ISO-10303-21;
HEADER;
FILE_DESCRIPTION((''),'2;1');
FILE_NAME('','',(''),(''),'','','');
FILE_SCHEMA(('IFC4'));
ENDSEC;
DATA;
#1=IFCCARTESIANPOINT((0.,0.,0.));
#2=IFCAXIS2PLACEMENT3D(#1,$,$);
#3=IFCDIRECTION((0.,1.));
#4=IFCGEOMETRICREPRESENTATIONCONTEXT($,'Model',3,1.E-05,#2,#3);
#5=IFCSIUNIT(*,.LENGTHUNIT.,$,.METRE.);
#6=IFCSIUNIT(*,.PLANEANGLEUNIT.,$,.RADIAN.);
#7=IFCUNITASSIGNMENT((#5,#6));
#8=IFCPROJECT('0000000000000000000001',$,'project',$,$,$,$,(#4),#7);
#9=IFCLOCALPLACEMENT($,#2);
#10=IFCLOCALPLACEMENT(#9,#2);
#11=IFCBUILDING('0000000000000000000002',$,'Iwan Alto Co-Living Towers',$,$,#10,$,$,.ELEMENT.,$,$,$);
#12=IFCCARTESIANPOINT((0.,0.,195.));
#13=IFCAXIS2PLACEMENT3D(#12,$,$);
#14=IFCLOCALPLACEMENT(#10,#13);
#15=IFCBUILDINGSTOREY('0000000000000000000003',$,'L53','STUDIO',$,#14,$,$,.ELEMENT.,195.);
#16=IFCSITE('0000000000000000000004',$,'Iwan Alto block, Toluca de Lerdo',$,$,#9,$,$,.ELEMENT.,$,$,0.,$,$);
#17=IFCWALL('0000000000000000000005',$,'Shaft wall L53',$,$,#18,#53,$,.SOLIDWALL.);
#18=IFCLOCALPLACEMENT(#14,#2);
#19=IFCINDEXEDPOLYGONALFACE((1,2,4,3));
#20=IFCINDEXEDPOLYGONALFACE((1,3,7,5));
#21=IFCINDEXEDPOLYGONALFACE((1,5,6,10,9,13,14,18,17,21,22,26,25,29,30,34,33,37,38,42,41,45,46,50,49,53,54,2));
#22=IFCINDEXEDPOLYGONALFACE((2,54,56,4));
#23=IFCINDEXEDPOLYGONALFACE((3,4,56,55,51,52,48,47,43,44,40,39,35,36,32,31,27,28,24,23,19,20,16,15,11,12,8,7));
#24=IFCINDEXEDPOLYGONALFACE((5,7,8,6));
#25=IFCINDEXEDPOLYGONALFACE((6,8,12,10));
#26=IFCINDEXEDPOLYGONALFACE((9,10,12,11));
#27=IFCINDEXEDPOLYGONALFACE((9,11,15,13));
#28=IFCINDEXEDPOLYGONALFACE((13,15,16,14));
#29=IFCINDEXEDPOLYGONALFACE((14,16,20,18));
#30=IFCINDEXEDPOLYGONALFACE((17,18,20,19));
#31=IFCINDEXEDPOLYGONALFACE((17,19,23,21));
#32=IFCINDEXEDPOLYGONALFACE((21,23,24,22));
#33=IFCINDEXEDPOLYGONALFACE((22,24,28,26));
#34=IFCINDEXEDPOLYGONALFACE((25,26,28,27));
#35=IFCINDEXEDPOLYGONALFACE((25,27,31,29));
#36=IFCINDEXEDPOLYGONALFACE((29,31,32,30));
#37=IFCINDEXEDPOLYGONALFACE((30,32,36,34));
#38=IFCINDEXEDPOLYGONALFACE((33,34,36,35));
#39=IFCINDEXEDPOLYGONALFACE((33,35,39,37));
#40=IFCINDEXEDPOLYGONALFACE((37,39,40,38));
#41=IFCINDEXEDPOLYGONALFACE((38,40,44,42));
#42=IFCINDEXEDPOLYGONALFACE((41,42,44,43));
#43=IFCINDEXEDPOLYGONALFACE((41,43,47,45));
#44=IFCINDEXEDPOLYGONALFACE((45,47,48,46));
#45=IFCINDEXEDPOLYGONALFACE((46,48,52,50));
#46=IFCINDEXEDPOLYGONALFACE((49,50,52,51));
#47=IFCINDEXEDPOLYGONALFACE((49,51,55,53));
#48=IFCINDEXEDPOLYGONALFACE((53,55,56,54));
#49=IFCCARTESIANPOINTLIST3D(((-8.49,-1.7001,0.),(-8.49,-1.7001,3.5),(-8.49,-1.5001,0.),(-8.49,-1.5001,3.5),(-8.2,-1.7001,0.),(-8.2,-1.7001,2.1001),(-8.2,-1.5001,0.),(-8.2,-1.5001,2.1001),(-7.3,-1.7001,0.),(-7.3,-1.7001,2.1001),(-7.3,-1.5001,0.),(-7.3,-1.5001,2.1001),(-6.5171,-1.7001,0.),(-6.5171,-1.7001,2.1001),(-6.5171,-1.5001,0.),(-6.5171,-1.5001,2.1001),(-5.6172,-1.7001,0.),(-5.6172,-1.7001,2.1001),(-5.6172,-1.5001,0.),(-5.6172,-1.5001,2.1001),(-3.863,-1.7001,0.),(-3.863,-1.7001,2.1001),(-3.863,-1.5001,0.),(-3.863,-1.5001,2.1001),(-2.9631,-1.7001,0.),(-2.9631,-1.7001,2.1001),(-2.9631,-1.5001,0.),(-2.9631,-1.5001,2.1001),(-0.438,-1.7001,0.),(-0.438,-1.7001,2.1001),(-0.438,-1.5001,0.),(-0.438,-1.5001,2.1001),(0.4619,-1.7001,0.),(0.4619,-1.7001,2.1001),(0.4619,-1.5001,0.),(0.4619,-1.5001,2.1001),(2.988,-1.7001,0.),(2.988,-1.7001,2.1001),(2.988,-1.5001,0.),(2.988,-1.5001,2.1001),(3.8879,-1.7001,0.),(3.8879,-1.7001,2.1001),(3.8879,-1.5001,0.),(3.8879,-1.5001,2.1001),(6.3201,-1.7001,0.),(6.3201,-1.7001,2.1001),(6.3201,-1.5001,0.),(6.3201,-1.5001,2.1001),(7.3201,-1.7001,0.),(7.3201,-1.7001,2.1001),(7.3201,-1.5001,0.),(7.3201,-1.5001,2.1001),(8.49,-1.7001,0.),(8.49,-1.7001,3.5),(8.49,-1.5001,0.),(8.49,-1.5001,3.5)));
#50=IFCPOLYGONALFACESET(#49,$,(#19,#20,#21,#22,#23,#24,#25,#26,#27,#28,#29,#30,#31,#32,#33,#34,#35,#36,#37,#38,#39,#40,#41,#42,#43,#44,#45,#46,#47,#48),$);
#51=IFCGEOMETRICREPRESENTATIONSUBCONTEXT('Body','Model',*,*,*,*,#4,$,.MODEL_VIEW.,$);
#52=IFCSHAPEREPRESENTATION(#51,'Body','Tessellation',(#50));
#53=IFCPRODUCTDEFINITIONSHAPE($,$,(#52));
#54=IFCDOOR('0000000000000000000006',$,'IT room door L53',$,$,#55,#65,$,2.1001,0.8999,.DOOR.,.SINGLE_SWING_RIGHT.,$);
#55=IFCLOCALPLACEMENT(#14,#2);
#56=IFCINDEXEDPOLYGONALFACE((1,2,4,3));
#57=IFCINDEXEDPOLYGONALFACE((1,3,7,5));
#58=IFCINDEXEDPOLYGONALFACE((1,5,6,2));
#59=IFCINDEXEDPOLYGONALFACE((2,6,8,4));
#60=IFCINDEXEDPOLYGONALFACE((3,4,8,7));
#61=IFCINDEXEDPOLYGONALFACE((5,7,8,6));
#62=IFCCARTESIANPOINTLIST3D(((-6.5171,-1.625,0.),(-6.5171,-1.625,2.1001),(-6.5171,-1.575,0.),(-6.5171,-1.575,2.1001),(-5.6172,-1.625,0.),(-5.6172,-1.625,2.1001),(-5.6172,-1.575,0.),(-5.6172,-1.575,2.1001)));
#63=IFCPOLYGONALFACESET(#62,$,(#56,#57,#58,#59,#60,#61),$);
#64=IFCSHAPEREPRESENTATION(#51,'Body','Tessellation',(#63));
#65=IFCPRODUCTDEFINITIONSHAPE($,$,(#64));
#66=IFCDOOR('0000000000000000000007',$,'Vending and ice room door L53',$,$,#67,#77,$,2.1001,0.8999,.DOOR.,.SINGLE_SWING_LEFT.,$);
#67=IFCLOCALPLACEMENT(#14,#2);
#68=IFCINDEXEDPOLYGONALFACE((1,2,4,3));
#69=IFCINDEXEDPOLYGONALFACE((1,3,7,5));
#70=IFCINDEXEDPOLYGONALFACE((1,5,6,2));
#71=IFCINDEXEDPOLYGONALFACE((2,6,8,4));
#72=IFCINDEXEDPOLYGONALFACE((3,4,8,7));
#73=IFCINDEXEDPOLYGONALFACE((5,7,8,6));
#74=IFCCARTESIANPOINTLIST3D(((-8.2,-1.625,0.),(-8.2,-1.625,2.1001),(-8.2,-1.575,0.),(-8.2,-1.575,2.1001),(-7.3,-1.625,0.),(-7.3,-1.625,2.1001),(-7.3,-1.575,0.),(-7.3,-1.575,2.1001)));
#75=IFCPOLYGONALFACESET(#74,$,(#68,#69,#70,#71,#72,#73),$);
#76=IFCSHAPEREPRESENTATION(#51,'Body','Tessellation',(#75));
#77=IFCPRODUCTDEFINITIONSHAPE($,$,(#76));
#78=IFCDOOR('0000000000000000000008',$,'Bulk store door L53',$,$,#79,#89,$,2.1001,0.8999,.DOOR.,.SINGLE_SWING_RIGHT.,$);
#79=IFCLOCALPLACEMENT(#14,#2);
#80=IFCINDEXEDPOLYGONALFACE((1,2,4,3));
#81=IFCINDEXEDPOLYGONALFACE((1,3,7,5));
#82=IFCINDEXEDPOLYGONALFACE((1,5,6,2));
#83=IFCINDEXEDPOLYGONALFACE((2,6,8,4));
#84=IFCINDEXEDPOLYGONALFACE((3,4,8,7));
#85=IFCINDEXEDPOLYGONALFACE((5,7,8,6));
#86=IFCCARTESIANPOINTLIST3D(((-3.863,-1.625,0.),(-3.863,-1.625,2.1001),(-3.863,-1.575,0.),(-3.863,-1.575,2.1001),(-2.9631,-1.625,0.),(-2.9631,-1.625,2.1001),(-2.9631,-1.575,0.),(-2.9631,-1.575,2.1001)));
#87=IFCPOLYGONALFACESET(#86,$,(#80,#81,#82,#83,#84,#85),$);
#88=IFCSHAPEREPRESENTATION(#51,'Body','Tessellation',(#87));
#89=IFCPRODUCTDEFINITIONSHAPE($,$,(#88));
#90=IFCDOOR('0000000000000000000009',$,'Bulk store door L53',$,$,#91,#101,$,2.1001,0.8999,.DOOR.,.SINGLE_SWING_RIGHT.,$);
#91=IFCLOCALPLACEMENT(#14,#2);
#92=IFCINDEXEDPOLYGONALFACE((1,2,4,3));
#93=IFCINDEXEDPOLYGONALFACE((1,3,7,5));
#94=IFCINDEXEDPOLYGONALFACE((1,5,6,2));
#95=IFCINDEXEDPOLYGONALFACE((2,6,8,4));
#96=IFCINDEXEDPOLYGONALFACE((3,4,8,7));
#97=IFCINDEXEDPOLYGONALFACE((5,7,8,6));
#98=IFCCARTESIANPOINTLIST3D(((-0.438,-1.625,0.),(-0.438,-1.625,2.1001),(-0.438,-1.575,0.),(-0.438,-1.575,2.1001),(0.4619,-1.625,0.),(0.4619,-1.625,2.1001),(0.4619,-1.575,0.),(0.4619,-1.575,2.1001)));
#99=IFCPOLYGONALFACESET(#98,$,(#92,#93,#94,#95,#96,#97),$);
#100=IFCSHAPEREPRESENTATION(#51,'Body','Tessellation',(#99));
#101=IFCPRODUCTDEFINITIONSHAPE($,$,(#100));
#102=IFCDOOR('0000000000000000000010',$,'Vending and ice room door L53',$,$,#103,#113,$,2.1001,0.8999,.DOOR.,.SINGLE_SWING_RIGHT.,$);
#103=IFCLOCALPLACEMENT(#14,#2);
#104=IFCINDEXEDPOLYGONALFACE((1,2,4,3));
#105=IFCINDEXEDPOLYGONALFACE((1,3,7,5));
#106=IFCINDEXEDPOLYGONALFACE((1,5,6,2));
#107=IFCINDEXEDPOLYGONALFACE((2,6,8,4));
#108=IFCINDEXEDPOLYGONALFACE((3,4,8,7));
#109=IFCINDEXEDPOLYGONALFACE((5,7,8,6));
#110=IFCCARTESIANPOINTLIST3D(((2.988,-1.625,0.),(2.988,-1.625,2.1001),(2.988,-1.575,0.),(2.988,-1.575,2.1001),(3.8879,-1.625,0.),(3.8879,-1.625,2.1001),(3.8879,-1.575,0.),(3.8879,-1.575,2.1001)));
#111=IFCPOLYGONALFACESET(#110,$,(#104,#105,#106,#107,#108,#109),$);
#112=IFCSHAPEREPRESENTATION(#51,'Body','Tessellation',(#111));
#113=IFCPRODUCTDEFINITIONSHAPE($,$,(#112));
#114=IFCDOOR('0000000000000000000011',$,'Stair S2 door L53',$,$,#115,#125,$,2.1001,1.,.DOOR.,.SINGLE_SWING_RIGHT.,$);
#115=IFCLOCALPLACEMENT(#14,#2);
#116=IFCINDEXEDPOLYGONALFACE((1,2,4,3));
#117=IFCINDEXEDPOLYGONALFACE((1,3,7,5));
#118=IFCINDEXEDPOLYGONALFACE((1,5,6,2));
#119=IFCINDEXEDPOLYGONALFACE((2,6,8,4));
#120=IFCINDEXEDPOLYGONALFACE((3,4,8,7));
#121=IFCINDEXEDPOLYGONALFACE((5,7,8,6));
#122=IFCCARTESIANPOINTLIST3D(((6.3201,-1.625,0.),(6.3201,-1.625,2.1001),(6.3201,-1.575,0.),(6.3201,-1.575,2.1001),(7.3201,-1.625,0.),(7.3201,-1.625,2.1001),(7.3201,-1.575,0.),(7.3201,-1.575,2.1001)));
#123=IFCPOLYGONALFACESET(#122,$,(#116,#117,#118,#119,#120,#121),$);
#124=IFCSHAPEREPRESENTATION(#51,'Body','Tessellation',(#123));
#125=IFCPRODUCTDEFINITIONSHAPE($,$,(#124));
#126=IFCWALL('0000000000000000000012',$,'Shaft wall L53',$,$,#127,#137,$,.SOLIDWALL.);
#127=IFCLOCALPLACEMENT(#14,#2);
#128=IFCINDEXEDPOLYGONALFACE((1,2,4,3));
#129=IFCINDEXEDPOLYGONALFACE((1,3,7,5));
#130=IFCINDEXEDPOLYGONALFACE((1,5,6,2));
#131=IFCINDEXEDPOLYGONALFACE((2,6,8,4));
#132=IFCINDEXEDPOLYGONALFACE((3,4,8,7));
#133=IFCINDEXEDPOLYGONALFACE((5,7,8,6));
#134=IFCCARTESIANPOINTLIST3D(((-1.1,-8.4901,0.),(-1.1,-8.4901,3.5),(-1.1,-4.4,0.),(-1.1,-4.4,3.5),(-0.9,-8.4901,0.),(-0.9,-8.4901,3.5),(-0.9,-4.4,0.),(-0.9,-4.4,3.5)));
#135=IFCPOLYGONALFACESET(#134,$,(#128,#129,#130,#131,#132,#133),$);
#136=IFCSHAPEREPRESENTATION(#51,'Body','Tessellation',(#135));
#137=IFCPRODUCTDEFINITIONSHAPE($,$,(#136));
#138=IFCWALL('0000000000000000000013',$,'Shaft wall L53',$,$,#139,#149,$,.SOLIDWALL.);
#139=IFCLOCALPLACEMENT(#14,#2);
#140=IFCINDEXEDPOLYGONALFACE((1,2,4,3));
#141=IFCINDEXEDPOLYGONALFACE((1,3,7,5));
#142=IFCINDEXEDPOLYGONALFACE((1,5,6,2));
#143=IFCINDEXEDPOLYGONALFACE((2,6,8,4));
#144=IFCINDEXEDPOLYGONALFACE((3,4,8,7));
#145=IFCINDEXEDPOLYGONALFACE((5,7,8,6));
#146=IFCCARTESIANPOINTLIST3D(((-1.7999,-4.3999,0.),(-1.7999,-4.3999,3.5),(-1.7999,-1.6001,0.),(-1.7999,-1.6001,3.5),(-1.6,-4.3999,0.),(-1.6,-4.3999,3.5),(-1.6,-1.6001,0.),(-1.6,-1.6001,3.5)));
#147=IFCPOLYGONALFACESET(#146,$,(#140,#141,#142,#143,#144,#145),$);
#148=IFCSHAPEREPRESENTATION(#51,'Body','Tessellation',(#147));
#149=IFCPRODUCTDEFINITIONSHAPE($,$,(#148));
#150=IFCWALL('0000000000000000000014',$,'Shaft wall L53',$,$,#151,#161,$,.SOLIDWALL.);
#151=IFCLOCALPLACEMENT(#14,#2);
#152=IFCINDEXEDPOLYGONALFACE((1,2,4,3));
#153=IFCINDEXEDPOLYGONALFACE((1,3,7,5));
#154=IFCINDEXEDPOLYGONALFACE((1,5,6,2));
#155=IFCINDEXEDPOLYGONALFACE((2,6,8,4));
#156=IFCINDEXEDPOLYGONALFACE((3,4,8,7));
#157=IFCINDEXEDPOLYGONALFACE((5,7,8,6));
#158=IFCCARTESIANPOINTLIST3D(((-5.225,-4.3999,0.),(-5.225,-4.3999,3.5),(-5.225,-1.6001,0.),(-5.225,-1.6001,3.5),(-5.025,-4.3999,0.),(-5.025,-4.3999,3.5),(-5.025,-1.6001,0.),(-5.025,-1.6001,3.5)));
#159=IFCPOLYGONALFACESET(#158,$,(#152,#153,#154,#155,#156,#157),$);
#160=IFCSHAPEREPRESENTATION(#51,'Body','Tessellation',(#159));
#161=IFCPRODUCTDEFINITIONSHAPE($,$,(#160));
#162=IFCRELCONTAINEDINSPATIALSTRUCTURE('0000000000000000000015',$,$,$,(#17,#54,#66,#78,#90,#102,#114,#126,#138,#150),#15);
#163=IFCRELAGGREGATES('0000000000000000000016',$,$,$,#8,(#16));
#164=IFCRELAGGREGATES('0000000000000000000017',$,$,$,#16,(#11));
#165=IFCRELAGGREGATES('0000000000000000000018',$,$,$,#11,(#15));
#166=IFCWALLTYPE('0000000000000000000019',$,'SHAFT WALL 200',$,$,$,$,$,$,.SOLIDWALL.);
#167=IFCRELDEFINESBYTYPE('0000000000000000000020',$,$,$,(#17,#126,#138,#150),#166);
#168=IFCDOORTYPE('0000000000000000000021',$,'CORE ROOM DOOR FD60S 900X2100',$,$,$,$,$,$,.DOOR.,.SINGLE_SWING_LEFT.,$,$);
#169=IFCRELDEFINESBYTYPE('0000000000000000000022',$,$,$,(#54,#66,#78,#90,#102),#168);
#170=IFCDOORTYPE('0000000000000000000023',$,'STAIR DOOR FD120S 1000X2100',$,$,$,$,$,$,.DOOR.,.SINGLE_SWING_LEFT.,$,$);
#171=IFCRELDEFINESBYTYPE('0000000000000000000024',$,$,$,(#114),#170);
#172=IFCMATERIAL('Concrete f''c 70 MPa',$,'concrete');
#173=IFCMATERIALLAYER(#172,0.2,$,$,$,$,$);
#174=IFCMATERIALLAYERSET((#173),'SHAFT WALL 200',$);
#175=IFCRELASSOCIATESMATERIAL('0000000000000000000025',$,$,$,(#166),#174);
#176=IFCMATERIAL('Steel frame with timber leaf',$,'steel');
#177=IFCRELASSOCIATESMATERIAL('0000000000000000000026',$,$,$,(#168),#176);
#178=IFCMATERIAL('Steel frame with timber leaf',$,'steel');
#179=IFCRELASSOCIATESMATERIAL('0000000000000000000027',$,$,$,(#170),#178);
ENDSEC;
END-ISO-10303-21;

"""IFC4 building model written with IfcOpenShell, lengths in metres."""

from ifc_helpers import new_model, si_unit, direction, frame, frame_2d, origin, place, context, subcontext, project, spatial, rectangle, extrude, material, layer, layer_set, type_object, element, fill, save


model = new_model("IFC4")

# Units and contexts
model_context = context("Model", 3, precision=1e-05, world=origin(), true_north=direction((0.0, 1.0)))
body_context = subcontext(model_context, "Body", "Model", "MODEL_VIEW")
ifc_project = project(units=[si_unit("LENGTHUNIT", "METRE"), si_unit("PLANEANGLEUNIT", "RADIAN")], contexts=[model_context])

# Site, building, storey
site_placement = place(None, origin())
site = spatial("IfcSite", under=ifc_project, at=site_placement, Name="Iwan Alto block, Toluca de Lerdo", CompositionType="ELEMENT", RefElevation=0.0)
building_placement = place(site_placement, origin())
building = spatial("IfcBuilding", under=site, at=building_placement, Name="Iwan Alto Co-Living Towers", CompositionType="ELEMENT")
storey_placement = place(building_placement, frame((0.0, 0.0, 195.0)))
storey = spatial("IfcBuildingStorey", under=building, at=storey_placement, Name="L53", Description="STUDIO", CompositionType="ELEMENT", Elevation=195.0)

# Shared definitions
ifc_material_1 = material(Name="Concrete f'c 70 MPa", Category="concrete")
ifc_layer_1 = layer(ifc_material_1, 0.2)
ifc_layer_set_1 = layer_set([ifc_layer_1], Name="SHAFT WALL 200")
wall_type_1 = type_object("IfcWallType", Name="SHAFT WALL 200", PredefinedType="SOLIDWALL", material=ifc_layer_set_1)

# Wall, openings, doors
wall_1_placement = place(storey_placement, frame((-8.49, -1.6001, 0.0), z_axis=(0.0, 0.0, 1.0), x_axis=(1.0, 0.0, 0.0)))
wall_1 = element("IfcWall", 1, at=wall_1_placement, inside=storey, type_object=wall_type_1, Name="Shaft wall L53", PredefinedType="SOLIDWALL", context=body_context, shape_type="SweptSolid", body=[
    extrude(rectangle(XDim=16.98, YDim=0.2, at=frame_2d((8.49, 0.0))), origin(), (0.0, 0.0, 1.0), 3.5),
])
opening_1_placement = place(wall_1_placement, frame((14.8101, 0.0, 0.0)))
opening_1 = element("IfcOpeningElement", 2, at=opening_1_placement, cuts=wall_1, PredefinedType="OPENING", context=body_context, shape_type="SweptSolid", body=[
    extrude(rectangle(XDim=1.0, YDim=2.1001, at=frame_2d((0.5, 1.05))), frame((0.0, 0.1099, 0.0), z_axis=(0.0, -1.0, 0.0), x_axis=(1.0, 0.0, 0.0)), (0.0, 0.0, 1.0), 0.22),
])
opening_2_placement = place(wall_1_placement, frame((1.9729, 0.0, 0.0)))
opening_2 = element("IfcOpeningElement", 3, at=opening_2_placement, cuts=wall_1, PredefinedType="OPENING", context=body_context, shape_type="SweptSolid", body=[
    extrude(rectangle(XDim=0.8999, YDim=2.1001, at=frame_2d((0.45, 1.05))), frame((0.0, 0.1099, 0.0), z_axis=(0.0, -1.0, 0.0), x_axis=(1.0, 0.0, 0.0)), (0.0, 0.0, 1.0), 0.22),
])
opening_3_placement = place(wall_1_placement, frame((0.29, 0.0, 0.0)))
opening_3 = element("IfcOpeningElement", 4, at=opening_3_placement, cuts=wall_1, PredefinedType="OPENING", context=body_context, shape_type="SweptSolid", body=[
    extrude(rectangle(XDim=0.8999, YDim=2.1001, at=frame_2d((0.45, 1.05))), frame((0.0, 0.1099, 0.0), z_axis=(0.0, -1.0, 0.0), x_axis=(1.0, 0.0, 0.0)), (0.0, 0.0, 1.0), 0.22),
])
opening_4_placement = place(wall_1_placement, frame((4.627, 0.0, 0.0)))
opening_4 = element("IfcOpeningElement", 5, at=opening_4_placement, cuts=wall_1, PredefinedType="OPENING", context=body_context, shape_type="SweptSolid", body=[
    extrude(rectangle(XDim=0.8999, YDim=2.1001, at=frame_2d((0.45, 1.05))), frame((0.0, 0.1099, 0.0), z_axis=(0.0, -1.0, 0.0), x_axis=(1.0, 0.0, 0.0)), (0.0, 0.0, 1.0), 0.22),
])
opening_5_placement = place(wall_1_placement, frame((8.052, 0.0, 0.0)))
opening_5 = element("IfcOpeningElement", 6, at=opening_5_placement, cuts=wall_1, PredefinedType="OPENING", context=body_context, shape_type="SweptSolid", body=[
    extrude(rectangle(XDim=0.8999, YDim=2.1001, at=frame_2d((0.45, 1.05))), frame((0.0, 0.1099, 0.0), z_axis=(0.0, -1.0, 0.0), x_axis=(1.0, 0.0, 0.0)), (0.0, 0.0, 1.0), 0.22),
])
opening_6_placement = place(wall_1_placement, frame((11.478, 0.0, 0.0)))
opening_6 = element("IfcOpeningElement", 7, at=opening_6_placement, cuts=wall_1, PredefinedType="OPENING", context=body_context, shape_type="SweptSolid", body=[
    extrude(rectangle(XDim=0.8999, YDim=2.1001, at=frame_2d((0.45, 1.05))), frame((0.0, 0.1099, 0.0), z_axis=(0.0, -1.0, 0.0), x_axis=(1.0, 0.0, 0.0)), (0.0, 0.0, 1.0), 0.22),
])
ifc_material_2 = material(Name="Steel frame with timber leaf", Category="steel")
door_type_1 = type_object("IfcDoorType", Name="CORE ROOM DOOR FD60S 900X2100", OperationType="SINGLE_SWING_LEFT", PredefinedType="DOOR", material=ifc_material_2)
door_1_placement = place(opening_2_placement, frame((0.8999, 0.0, 0.0), z_axis=(0.0, 0.0, 1.0), x_axis=(-1.0, 0.0, 0.0)))
door_1 = element("IfcDoor", 8, at=door_1_placement, inside=storey, type_object=door_type_1, Name="IT room door L53", OperationType="SINGLE_SWING_RIGHT", OverallHeight=2.1001, OverallWidth=0.8999, PredefinedType="DOOR", context=body_context, shape_type="SweptSolid", body=[
    extrude(rectangle(XDim=0.8999, YDim=2.1001, at=frame_2d((0.45, 1.05))), frame((0.0, 0.0249, 0.0), z_axis=(0.0, -1.0, 0.0), x_axis=(1.0, 0.0, 0.0)), (0.0, 0.0, 1.0), 0.05),
])
fill(opening_2, door_1)
door_2_placement = place(opening_3_placement, frame((0.8999, 0.0, 0.0), z_axis=(0.0, 0.0, 1.0), x_axis=(-1.0, 0.0, 0.0)))
door_2 = element("IfcDoor", 9, at=door_2_placement, inside=storey, type_object=door_type_1, Name="Vending and ice room door L53", OperationType="SINGLE_SWING_LEFT", OverallHeight=2.1001, OverallWidth=0.8999, PredefinedType="DOOR", context=body_context, shape_type="SweptSolid", body=[
    extrude(rectangle(XDim=0.8999, YDim=2.1001, at=frame_2d((0.45, 1.05))), frame((0.0, 0.0249, 0.0), z_axis=(0.0, -1.0, 0.0), x_axis=(1.0, 0.0, 0.0)), (0.0, 0.0, 1.0), 0.05),
])
fill(opening_3, door_2)
door_3_placement = place(opening_4_placement, frame((0.8999, 0.0, 0.0), z_axis=(0.0, 0.0, 1.0), x_axis=(-1.0, 0.0, 0.0)))
door_3 = element("IfcDoor", 10, at=door_3_placement, inside=storey, type_object=door_type_1, Name="Bulk store door L53", OperationType="SINGLE_SWING_RIGHT", OverallHeight=2.1001, OverallWidth=0.8999, PredefinedType="DOOR", context=body_context, shape_type="SweptSolid", body=[
    extrude(rectangle(XDim=0.8999, YDim=2.1001, at=frame_2d((0.45, 1.05))), frame((0.0, 0.0249, 0.0), z_axis=(0.0, -1.0, 0.0), x_axis=(1.0, 0.0, 0.0)), (0.0, 0.0, 1.0), 0.05),
])
fill(opening_4, door_3)
door_4_placement = place(opening_5_placement, frame((0.8999, 0.0, 0.0), z_axis=(0.0, 0.0, 1.0), x_axis=(-1.0, 0.0, 0.0)))
door_4 = element("IfcDoor", 11, at=door_4_placement, inside=storey, type_object=door_type_1, Name="Bulk store door L53", OperationType="SINGLE_SWING_RIGHT", OverallHeight=2.1001, OverallWidth=0.8999, PredefinedType="DOOR", context=body_context, shape_type="SweptSolid", body=[
    extrude(rectangle(XDim=0.8999, YDim=2.1001, at=frame_2d((0.45, 1.05))), frame((0.0, 0.0249, 0.0), z_axis=(0.0, -1.0, 0.0), x_axis=(1.0, 0.0, 0.0)), (0.0, 0.0, 1.0), 0.05),
])
fill(opening_5, door_4)
door_5_placement = place(opening_6_placement, frame((0.8999, 0.0, 0.0), z_axis=(0.0, 0.0, 1.0), x_axis=(-1.0, 0.0, 0.0)))
door_5 = element("IfcDoor", 12, at=door_5_placement, inside=storey, type_object=door_type_1, Name="Vending and ice room door L53", OperationType="SINGLE_SWING_RIGHT", OverallHeight=2.1001, OverallWidth=0.8999, PredefinedType="DOOR", context=body_context, shape_type="SweptSolid", body=[
    extrude(rectangle(XDim=0.8999, YDim=2.1001, at=frame_2d((0.45, 1.05))), frame((0.0, 0.0249, 0.0), z_axis=(0.0, -1.0, 0.0), x_axis=(1.0, 0.0, 0.0)), (0.0, 0.0, 1.0), 0.05),
])
fill(opening_6, door_5)
ifc_material_3 = material(Name="Steel frame with timber leaf", Category="steel")
door_type_2 = type_object("IfcDoorType", Name="STAIR DOOR FD120S 1000X2100", OperationType="SINGLE_SWING_LEFT", PredefinedType="DOOR", material=ifc_material_3)
door_6_placement = place(opening_1_placement, frame((1.0, 0.0, 0.0), z_axis=(0.0, 0.0, 1.0), x_axis=(-1.0, 0.0, 0.0)))
door_6 = element("IfcDoor", 13, at=door_6_placement, inside=storey, type_object=door_type_2, Name="Stair S2 door L53", OperationType="SINGLE_SWING_RIGHT", OverallHeight=2.1001, OverallWidth=1.0, PredefinedType="DOOR", context=body_context, shape_type="SweptSolid", body=[
    extrude(rectangle(XDim=1.0, YDim=2.1001, at=frame_2d((0.5, 1.05))), frame((0.0, 0.0249, 0.0), z_axis=(0.0, -1.0, 0.0), x_axis=(1.0, 0.0, 0.0)), (0.0, 0.0, 1.0), 0.05),
])
fill(opening_1, door_6)

# Walls
wall_2_placement = place(storey_placement, frame((-1.0, -8.49, 0.0), z_axis=(0.0, 0.0, 1.0), x_axis=(0.0, 1.0, 0.0)))
element("IfcWall", 14, at=wall_2_placement, inside=storey, type_object=wall_type_1, Name="Shaft wall L53", PredefinedType="SOLIDWALL", context=body_context, shape_type="SweptSolid", body=[
    extrude(rectangle(XDim=4.0901, YDim=0.2, at=frame_2d((2.0449, 0.0))), origin(), (0.0, 0.0, 1.0), 3.5),
])
for number, where, z_axis, x_axis, name in (
    (15, (-1.7, -4.3999, 0.0), (0.0, 0.0, 1.0), (0.0, 1.0, 0.0), "Shaft wall L53"),
    (16, (-5.125, -4.3999, 0.0), (0.0, 0.0, 1.0), (0.0, 1.0, 0.0), "Shaft wall L53"),
):
    element("IfcWall", number, at=place(storey_placement, frame(where, z_axis=z_axis, x_axis=x_axis)), inside=storey, type_object=wall_type_1, Name=name, PredefinedType="SOLIDWALL", context=body_context, shape_type="SweptSolid", body=[
        extrude(rectangle(XDim=2.7998, YDim=0.2, at=frame_2d((1.3999, 0.0))), origin(), (0.0, 0.0, 1.0), 3.5),
    ])

save(model, "model.ifc")
